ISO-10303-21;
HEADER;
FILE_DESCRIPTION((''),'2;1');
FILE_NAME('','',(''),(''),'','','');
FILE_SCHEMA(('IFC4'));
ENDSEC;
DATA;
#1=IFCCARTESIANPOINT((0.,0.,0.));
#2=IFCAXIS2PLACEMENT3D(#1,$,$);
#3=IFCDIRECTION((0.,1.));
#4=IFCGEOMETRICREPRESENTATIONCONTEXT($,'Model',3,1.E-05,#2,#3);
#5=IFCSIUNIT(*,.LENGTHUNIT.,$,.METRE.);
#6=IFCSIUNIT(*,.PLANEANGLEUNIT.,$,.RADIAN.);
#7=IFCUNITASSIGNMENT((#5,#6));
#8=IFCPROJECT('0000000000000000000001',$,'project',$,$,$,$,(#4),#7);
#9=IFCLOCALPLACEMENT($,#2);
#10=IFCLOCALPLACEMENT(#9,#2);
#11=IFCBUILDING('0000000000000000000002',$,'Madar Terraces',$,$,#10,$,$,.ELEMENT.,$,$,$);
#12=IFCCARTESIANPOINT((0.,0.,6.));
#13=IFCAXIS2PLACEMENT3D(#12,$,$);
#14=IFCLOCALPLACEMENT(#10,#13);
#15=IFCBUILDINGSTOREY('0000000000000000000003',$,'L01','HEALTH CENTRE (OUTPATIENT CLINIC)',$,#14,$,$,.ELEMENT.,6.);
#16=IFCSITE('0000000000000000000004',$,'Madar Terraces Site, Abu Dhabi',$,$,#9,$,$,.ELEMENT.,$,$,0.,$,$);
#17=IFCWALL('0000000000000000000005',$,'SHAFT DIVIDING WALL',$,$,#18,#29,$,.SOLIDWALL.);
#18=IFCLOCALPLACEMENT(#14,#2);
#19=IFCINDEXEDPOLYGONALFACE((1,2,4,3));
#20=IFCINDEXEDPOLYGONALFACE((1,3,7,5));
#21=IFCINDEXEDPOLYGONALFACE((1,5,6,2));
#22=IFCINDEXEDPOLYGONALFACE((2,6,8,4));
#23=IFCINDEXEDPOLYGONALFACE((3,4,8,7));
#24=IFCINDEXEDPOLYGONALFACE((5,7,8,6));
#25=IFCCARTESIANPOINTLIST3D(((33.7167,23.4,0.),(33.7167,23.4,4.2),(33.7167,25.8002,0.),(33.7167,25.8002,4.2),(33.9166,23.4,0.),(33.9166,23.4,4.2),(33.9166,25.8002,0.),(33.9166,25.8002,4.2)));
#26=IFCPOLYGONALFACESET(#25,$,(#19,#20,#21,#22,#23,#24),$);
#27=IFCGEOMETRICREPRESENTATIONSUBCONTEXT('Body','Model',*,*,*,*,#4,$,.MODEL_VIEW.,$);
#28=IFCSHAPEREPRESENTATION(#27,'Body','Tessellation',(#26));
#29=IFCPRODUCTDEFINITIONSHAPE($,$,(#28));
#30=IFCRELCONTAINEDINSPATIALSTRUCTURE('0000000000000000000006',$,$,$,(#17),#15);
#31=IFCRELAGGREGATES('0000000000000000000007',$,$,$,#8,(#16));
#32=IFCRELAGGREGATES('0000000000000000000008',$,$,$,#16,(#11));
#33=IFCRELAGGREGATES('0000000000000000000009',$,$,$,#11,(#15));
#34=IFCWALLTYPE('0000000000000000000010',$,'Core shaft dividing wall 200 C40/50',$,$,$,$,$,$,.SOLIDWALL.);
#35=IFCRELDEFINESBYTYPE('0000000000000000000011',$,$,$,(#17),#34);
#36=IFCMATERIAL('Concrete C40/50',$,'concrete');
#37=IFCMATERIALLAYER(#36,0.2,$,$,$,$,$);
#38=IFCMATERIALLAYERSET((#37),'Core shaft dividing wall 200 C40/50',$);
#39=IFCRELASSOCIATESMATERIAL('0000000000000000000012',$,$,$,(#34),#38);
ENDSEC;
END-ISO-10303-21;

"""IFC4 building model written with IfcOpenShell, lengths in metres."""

from ifc_helpers import new_model, si_unit, direction, frame, frame_2d, origin, place, context, subcontext, project, spatial, rectangle, extrude, material, layer, layer_set, type_object, element, save


model = new_model("IFC4")

# Units and contexts
model_context = context("Model", 3, precision=1e-05, world=origin(), true_north=direction((0.0, 1.0)))
body_context = subcontext(model_context, "Body", "Model", "MODEL_VIEW")
ifc_project = project(units=[si_unit("LENGTHUNIT", "METRE"), si_unit("PLANEANGLEUNIT", "RADIAN")], contexts=[model_context])

# Site, building, storey
site_placement = place(None, origin())
site = spatial("IfcSite", under=ifc_project, at=site_placement, Name="Madar Terraces Site, Abu Dhabi", CompositionType="ELEMENT", RefElevation=0.0)
building_placement = place(site_placement, origin())
building = spatial("IfcBuilding", under=site, at=building_placement, Name="Madar Terraces", CompositionType="ELEMENT")
storey_placement = place(building_placement, frame((0.0, 0.0, 6.0)))
storey = spatial("IfcBuildingStorey", under=building, at=storey_placement, Name="L01", Description="HEALTH CENTRE (OUTPATIENT CLINIC)", CompositionType="ELEMENT", Elevation=6.0)

# Wall
ifc_material_1 = material(Name="Concrete C40/50", Category="concrete")
ifc_layer_1 = layer(ifc_material_1, 0.2)
ifc_layer_set_1 = layer_set([ifc_layer_1], Name="Core shaft dividing wall 200 C40/50")
wall_type_1 = type_object("IfcWallType", Name="Core shaft dividing wall 200 C40/50", PredefinedType="SOLIDWALL", material=ifc_layer_set_1)
for number, where, z_axis, x_axis, name in (
    (1, (33.8167, 23.3999, 0.0), (0.0, 0.0, 1.0), (0.0, 1.0, 0.0), "SHAFT DIVIDING WALL"),
):
    element("IfcWall", number, at=place(storey_placement, frame(where, z_axis=z_axis, x_axis=x_axis)), inside=storey, type_object=wall_type_1, Name=name, PredefinedType="SOLIDWALL", context=body_context, shape_type="SweptSolid", body=[
        extrude(rectangle(XDim=2.4001, YDim=0.2, at=frame_2d((1.2002, 0.0))), origin(), (0.0, 0.0, 1.0), 4.2),
    ])

save(model, "model.ifc")
